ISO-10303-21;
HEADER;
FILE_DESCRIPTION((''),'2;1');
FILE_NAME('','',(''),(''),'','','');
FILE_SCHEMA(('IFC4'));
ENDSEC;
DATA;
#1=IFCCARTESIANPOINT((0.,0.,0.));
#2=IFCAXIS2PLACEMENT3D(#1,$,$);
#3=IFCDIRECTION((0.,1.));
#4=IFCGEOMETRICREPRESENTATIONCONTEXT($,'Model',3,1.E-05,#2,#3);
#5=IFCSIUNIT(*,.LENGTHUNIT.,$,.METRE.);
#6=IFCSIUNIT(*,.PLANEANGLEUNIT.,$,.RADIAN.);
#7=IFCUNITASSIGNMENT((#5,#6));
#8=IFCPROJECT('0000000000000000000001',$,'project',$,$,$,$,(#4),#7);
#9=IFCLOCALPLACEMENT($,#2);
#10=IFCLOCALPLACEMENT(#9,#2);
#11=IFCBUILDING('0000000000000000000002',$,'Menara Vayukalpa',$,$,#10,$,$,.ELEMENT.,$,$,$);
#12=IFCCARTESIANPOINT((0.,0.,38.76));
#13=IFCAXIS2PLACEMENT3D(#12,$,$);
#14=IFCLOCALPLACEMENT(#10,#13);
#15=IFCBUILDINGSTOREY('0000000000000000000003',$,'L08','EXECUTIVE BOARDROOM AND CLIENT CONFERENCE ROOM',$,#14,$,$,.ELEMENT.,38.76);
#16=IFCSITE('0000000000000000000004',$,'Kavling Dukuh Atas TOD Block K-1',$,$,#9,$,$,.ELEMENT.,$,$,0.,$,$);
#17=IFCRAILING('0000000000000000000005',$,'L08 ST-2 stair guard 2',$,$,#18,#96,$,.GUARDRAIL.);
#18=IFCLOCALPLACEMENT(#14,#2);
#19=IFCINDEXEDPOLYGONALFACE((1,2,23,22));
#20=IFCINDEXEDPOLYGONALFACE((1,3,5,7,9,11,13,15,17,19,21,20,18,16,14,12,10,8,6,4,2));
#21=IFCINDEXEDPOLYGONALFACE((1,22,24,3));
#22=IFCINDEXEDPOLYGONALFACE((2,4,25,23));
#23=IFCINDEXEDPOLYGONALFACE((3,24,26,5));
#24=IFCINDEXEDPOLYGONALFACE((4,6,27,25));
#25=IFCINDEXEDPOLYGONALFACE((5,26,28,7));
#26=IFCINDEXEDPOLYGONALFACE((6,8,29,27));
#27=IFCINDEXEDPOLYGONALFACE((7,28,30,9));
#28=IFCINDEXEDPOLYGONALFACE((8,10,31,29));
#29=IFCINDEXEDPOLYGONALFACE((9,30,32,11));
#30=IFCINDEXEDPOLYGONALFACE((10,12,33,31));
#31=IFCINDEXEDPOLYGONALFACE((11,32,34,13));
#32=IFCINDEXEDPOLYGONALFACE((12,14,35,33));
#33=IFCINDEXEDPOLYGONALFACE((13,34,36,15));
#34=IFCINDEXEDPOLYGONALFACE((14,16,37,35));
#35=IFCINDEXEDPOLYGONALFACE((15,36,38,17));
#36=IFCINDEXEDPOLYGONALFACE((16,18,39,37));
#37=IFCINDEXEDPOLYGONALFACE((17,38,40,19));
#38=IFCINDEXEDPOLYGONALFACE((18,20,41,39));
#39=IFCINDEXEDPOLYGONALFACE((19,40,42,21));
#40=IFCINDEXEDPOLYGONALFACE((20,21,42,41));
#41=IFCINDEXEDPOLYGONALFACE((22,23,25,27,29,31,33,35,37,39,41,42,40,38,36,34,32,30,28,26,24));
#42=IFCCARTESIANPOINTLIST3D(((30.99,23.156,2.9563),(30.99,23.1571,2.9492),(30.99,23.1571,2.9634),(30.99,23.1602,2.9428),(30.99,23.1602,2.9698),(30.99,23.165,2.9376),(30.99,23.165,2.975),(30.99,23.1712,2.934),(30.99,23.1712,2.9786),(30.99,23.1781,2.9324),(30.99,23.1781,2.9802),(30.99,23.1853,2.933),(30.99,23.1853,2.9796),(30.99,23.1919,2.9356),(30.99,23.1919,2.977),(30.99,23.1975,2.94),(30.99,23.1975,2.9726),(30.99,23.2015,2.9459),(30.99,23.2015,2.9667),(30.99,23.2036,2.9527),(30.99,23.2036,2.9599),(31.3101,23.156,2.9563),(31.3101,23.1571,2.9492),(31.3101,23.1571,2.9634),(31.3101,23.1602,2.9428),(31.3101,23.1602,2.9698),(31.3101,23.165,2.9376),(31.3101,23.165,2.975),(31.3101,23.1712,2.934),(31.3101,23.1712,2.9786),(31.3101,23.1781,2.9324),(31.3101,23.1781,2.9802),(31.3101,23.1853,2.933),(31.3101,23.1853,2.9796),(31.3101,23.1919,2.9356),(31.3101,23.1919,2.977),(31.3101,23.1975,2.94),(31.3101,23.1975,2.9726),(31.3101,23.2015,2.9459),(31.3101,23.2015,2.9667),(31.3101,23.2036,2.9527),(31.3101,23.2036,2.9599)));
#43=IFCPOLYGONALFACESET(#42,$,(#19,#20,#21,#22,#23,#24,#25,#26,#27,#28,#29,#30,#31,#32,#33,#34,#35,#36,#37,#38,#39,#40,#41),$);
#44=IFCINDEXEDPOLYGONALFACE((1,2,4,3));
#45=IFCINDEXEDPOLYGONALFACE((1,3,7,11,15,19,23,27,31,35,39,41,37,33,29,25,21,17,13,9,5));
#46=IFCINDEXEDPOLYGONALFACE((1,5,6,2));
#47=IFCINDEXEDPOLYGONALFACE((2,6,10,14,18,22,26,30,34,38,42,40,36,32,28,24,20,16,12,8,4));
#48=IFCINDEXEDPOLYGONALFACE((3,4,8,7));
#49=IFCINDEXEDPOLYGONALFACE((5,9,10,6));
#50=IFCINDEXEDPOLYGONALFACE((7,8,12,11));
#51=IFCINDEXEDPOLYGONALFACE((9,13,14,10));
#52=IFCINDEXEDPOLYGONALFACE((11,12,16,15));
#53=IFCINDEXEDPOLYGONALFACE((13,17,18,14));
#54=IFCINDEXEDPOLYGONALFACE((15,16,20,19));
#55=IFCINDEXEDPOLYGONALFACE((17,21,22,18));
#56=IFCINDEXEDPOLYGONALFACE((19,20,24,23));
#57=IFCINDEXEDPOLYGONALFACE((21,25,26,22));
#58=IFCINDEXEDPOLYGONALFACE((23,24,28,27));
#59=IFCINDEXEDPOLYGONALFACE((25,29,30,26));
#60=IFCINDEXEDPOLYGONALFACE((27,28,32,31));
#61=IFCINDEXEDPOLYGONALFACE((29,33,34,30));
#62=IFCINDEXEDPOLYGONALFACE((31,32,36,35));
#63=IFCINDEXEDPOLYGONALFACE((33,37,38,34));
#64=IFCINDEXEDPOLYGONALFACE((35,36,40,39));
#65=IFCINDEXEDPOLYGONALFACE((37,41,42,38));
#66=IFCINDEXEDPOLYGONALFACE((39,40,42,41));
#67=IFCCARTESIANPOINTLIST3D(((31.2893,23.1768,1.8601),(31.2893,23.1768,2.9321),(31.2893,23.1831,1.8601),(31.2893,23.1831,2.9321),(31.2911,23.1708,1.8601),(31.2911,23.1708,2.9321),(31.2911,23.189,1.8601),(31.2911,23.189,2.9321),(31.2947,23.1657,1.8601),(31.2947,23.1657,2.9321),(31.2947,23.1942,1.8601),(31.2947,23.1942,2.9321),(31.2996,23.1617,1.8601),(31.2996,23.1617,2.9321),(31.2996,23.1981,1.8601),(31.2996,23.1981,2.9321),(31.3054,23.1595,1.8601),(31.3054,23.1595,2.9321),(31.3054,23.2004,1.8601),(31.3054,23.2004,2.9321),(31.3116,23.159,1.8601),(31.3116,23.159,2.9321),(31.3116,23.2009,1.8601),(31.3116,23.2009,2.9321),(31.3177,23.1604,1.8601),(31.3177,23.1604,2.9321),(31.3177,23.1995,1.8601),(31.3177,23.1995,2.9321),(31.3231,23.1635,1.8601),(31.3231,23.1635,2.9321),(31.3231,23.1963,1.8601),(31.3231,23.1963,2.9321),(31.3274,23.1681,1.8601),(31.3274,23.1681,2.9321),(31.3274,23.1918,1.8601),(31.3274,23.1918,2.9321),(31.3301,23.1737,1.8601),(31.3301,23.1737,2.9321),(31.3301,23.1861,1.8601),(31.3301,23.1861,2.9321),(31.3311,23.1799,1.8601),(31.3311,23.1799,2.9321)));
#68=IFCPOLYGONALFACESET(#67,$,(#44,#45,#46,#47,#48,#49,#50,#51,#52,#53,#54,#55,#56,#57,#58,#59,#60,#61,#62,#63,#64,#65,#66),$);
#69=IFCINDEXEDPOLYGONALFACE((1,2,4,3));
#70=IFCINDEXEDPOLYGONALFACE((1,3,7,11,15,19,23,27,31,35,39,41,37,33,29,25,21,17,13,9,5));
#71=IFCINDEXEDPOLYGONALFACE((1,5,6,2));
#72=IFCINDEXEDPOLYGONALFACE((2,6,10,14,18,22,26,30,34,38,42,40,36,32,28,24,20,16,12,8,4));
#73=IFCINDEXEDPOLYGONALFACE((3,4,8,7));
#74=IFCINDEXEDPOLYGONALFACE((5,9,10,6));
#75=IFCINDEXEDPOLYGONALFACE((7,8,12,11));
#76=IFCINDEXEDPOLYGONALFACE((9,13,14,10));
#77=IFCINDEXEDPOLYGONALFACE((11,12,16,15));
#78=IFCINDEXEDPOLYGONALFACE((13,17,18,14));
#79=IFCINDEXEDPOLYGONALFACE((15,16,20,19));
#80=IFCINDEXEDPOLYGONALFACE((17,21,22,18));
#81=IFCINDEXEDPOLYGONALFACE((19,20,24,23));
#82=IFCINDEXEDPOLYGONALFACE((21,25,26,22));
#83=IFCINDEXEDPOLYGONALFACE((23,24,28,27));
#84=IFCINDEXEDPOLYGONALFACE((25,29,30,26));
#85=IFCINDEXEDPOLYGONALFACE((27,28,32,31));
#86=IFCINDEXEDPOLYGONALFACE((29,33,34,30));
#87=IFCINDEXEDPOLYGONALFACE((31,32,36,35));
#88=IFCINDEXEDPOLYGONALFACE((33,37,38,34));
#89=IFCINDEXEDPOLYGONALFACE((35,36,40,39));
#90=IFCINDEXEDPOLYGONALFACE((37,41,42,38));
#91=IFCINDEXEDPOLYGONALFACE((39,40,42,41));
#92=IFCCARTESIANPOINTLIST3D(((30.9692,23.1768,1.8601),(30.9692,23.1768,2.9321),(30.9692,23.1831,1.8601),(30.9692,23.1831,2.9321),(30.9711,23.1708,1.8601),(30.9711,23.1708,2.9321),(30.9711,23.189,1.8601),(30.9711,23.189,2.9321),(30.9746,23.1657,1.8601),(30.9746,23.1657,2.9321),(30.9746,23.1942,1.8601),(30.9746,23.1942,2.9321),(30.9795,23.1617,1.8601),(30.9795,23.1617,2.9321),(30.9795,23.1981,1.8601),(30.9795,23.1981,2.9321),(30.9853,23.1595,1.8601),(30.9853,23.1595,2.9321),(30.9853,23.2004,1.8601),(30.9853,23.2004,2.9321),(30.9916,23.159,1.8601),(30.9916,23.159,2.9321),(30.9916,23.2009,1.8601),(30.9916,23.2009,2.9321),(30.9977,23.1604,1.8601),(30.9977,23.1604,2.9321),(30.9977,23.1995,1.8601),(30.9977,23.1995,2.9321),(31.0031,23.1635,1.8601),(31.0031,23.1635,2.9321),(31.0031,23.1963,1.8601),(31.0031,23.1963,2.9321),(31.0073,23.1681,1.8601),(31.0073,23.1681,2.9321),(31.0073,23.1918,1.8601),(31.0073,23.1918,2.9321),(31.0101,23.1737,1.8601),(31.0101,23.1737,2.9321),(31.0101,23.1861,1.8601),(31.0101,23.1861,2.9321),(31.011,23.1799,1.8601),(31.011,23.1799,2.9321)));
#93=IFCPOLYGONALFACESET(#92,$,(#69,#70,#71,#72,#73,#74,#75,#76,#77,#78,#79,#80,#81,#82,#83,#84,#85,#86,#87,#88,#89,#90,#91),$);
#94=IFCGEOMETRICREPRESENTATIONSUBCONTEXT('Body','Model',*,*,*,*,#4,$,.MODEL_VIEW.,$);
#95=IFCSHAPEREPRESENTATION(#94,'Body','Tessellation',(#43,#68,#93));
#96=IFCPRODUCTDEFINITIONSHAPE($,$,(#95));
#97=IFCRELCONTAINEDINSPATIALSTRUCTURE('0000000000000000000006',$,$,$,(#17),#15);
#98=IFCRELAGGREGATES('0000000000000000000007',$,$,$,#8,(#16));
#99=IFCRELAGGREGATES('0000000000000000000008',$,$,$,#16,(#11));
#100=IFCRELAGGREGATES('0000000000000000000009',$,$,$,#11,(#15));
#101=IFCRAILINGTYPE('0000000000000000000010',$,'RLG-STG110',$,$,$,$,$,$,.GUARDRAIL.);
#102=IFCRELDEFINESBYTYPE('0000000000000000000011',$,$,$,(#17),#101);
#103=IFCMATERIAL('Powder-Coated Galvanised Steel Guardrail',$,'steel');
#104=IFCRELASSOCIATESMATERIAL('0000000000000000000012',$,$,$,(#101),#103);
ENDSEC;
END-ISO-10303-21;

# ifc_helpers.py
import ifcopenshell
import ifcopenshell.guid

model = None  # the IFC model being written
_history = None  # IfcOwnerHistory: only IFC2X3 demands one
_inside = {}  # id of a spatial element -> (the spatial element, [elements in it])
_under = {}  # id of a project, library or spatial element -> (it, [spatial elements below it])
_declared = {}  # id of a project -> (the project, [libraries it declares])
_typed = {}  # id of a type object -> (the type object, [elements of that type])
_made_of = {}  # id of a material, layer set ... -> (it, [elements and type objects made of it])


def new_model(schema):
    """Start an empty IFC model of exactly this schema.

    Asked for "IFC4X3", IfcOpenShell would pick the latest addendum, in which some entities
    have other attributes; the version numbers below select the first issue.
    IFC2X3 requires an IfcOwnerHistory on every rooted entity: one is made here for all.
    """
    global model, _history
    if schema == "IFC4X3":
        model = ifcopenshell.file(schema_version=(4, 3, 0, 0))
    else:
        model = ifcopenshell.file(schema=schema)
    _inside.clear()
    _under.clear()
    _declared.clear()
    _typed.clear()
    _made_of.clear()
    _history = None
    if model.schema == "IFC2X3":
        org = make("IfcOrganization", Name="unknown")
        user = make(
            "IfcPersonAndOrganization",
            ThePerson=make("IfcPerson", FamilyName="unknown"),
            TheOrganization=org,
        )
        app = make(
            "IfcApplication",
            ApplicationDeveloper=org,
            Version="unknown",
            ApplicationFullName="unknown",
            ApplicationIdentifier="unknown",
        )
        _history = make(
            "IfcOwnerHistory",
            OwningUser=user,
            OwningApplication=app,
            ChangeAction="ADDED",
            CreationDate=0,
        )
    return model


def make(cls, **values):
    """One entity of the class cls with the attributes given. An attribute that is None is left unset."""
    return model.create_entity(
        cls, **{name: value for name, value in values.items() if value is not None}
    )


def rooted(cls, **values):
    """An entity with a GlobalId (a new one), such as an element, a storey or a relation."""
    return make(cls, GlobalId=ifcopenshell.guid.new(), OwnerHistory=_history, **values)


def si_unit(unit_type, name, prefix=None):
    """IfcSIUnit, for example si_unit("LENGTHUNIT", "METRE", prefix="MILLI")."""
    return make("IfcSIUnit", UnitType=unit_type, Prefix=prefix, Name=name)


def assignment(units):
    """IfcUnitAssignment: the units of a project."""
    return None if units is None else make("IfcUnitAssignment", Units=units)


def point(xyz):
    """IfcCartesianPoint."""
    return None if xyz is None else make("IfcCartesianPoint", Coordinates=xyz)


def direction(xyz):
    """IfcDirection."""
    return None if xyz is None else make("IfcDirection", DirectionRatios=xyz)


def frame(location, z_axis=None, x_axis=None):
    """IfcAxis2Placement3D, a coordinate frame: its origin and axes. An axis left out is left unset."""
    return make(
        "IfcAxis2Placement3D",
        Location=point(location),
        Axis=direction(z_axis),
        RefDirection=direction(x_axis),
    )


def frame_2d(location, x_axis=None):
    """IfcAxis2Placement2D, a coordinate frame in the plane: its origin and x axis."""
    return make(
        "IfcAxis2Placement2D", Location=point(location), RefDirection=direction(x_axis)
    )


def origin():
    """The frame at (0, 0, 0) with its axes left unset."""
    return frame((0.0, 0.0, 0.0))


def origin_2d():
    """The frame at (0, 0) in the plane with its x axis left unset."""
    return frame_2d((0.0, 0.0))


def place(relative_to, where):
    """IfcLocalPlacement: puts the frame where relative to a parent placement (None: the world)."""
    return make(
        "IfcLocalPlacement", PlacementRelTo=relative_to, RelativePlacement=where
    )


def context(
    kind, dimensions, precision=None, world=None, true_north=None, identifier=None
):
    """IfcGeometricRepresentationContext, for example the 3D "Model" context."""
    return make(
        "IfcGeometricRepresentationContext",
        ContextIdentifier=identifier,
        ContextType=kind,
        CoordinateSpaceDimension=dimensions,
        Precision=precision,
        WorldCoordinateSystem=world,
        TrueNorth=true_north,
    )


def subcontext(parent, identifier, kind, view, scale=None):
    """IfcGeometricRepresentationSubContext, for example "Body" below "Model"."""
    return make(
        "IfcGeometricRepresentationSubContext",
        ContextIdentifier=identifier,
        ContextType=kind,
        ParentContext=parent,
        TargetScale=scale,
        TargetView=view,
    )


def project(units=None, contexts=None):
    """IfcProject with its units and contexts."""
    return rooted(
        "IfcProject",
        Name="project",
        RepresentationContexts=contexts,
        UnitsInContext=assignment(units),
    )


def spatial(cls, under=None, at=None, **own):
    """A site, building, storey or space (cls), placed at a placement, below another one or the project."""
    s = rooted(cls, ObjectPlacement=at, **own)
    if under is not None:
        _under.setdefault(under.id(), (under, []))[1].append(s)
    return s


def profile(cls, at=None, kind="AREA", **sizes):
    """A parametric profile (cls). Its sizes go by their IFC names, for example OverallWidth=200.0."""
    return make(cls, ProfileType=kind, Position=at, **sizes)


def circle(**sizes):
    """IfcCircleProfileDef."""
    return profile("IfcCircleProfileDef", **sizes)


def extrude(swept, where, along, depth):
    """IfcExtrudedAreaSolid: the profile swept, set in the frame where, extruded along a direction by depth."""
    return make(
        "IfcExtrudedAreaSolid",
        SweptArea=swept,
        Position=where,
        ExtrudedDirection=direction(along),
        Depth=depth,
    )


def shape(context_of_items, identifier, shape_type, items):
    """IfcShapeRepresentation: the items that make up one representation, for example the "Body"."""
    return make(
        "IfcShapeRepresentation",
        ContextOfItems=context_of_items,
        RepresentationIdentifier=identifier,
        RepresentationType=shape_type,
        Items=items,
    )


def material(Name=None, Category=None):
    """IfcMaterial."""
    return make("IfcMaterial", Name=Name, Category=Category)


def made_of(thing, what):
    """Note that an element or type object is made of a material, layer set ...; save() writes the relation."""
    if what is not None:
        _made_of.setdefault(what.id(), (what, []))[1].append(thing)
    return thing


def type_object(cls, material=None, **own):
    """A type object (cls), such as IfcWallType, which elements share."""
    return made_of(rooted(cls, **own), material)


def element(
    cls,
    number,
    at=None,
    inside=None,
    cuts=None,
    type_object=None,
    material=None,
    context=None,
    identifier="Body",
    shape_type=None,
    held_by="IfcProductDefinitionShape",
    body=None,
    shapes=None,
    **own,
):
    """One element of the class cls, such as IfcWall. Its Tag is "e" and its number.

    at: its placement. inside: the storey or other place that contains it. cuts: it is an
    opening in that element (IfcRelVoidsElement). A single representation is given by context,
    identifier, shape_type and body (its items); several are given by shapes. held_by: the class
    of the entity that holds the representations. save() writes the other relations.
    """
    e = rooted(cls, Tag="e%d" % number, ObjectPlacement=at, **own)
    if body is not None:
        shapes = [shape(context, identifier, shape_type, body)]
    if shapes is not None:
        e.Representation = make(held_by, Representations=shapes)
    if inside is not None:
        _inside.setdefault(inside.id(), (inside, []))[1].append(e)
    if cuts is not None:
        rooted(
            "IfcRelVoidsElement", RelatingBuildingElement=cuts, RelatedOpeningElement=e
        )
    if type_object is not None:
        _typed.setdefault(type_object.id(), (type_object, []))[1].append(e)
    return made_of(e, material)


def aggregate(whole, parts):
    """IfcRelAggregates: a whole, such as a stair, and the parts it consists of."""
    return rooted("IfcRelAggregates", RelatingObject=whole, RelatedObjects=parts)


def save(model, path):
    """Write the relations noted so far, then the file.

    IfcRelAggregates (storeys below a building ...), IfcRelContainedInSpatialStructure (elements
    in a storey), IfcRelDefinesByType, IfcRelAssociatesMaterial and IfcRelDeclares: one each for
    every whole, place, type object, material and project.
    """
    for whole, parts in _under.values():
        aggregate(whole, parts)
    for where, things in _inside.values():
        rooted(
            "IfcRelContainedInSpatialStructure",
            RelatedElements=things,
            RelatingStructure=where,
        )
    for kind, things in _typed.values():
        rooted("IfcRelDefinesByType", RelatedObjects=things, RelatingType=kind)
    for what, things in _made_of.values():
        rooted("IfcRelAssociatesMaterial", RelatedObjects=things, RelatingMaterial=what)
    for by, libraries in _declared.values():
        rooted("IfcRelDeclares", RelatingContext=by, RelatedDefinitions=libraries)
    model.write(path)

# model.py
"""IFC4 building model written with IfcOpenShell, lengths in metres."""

from ifc_helpers import new_model, si_unit, direction, frame, origin, origin_2d, place, context, subcontext, project, spatial, circle, extrude, material, type_object, element, save


model = new_model("IFC4")

# Units and contexts
model_context = context("Model", 3, precision=1e-05, world=origin(), true_north=direction((0.0, 1.0)))
body_context = subcontext(model_context, "Body", "Model", "MODEL_VIEW")
ifc_project = project(units=[si_unit("LENGTHUNIT", "METRE"), si_unit("PLANEANGLEUNIT", "RADIAN")], contexts=[model_context])

# Site, building, storey
site_placement = place(None, origin())
site = spatial("IfcSite", under=ifc_project, at=site_placement, Name="Kavling Dukuh Atas TOD Block K-1", CompositionType="ELEMENT", RefElevation=0.0)
building_placement = place(site_placement, origin())
building = spatial("IfcBuilding", under=site, at=building_placement, Name="Menara Vayukalpa", CompositionType="ELEMENT")
storey_placement = place(building_placement, frame((0.0, 0.0, 38.76)))
storey = spatial("IfcBuildingStorey", under=building, at=storey_placement, Name="L08", Description="EXECUTIVE BOARDROOM AND CLIENT CONFERENCE ROOM", CompositionType="ELEMENT", Elevation=38.76)

# Railing
ifc_material_1 = material(Name="Powder-Coated Galvanised Steel Guardrail", Category="steel")
railing_type_1 = type_object("IfcRailingType", Name="RLG-STG110", PredefinedType="GUARDRAIL", material=ifc_material_1)
railing_1_placement = place(storey_placement, frame((31.3101, 23.1799, 1.8601)))
element("IfcRailing", 1, at=railing_1_placement, inside=storey, type_object=railing_type_1, Name="L08 ST-2 stair guard 2", PredefinedType="GUARDRAIL", context=body_context, shape_type="SweptSolid", body=[
    extrude(circle(Radius=0.0239, at=origin_2d()), frame((0.0, 0.0, 1.0962), z_axis=(-1.0, 0.0, 0.0), x_axis=(0.0, -1.0, 0.0)), (0.0, 0.0, 1.0), 0.3201),
    extrude(circle(Radius=0.021, at=origin_2d()), origin(), (0.0, 0.0, 1.0), 1.072),
    extrude(circle(Radius=0.021, at=origin_2d()), frame((-0.3201, 0.0, 0.0)), (0.0, 0.0, 1.0), 1.072),
])

save(model, "model.ifc")
